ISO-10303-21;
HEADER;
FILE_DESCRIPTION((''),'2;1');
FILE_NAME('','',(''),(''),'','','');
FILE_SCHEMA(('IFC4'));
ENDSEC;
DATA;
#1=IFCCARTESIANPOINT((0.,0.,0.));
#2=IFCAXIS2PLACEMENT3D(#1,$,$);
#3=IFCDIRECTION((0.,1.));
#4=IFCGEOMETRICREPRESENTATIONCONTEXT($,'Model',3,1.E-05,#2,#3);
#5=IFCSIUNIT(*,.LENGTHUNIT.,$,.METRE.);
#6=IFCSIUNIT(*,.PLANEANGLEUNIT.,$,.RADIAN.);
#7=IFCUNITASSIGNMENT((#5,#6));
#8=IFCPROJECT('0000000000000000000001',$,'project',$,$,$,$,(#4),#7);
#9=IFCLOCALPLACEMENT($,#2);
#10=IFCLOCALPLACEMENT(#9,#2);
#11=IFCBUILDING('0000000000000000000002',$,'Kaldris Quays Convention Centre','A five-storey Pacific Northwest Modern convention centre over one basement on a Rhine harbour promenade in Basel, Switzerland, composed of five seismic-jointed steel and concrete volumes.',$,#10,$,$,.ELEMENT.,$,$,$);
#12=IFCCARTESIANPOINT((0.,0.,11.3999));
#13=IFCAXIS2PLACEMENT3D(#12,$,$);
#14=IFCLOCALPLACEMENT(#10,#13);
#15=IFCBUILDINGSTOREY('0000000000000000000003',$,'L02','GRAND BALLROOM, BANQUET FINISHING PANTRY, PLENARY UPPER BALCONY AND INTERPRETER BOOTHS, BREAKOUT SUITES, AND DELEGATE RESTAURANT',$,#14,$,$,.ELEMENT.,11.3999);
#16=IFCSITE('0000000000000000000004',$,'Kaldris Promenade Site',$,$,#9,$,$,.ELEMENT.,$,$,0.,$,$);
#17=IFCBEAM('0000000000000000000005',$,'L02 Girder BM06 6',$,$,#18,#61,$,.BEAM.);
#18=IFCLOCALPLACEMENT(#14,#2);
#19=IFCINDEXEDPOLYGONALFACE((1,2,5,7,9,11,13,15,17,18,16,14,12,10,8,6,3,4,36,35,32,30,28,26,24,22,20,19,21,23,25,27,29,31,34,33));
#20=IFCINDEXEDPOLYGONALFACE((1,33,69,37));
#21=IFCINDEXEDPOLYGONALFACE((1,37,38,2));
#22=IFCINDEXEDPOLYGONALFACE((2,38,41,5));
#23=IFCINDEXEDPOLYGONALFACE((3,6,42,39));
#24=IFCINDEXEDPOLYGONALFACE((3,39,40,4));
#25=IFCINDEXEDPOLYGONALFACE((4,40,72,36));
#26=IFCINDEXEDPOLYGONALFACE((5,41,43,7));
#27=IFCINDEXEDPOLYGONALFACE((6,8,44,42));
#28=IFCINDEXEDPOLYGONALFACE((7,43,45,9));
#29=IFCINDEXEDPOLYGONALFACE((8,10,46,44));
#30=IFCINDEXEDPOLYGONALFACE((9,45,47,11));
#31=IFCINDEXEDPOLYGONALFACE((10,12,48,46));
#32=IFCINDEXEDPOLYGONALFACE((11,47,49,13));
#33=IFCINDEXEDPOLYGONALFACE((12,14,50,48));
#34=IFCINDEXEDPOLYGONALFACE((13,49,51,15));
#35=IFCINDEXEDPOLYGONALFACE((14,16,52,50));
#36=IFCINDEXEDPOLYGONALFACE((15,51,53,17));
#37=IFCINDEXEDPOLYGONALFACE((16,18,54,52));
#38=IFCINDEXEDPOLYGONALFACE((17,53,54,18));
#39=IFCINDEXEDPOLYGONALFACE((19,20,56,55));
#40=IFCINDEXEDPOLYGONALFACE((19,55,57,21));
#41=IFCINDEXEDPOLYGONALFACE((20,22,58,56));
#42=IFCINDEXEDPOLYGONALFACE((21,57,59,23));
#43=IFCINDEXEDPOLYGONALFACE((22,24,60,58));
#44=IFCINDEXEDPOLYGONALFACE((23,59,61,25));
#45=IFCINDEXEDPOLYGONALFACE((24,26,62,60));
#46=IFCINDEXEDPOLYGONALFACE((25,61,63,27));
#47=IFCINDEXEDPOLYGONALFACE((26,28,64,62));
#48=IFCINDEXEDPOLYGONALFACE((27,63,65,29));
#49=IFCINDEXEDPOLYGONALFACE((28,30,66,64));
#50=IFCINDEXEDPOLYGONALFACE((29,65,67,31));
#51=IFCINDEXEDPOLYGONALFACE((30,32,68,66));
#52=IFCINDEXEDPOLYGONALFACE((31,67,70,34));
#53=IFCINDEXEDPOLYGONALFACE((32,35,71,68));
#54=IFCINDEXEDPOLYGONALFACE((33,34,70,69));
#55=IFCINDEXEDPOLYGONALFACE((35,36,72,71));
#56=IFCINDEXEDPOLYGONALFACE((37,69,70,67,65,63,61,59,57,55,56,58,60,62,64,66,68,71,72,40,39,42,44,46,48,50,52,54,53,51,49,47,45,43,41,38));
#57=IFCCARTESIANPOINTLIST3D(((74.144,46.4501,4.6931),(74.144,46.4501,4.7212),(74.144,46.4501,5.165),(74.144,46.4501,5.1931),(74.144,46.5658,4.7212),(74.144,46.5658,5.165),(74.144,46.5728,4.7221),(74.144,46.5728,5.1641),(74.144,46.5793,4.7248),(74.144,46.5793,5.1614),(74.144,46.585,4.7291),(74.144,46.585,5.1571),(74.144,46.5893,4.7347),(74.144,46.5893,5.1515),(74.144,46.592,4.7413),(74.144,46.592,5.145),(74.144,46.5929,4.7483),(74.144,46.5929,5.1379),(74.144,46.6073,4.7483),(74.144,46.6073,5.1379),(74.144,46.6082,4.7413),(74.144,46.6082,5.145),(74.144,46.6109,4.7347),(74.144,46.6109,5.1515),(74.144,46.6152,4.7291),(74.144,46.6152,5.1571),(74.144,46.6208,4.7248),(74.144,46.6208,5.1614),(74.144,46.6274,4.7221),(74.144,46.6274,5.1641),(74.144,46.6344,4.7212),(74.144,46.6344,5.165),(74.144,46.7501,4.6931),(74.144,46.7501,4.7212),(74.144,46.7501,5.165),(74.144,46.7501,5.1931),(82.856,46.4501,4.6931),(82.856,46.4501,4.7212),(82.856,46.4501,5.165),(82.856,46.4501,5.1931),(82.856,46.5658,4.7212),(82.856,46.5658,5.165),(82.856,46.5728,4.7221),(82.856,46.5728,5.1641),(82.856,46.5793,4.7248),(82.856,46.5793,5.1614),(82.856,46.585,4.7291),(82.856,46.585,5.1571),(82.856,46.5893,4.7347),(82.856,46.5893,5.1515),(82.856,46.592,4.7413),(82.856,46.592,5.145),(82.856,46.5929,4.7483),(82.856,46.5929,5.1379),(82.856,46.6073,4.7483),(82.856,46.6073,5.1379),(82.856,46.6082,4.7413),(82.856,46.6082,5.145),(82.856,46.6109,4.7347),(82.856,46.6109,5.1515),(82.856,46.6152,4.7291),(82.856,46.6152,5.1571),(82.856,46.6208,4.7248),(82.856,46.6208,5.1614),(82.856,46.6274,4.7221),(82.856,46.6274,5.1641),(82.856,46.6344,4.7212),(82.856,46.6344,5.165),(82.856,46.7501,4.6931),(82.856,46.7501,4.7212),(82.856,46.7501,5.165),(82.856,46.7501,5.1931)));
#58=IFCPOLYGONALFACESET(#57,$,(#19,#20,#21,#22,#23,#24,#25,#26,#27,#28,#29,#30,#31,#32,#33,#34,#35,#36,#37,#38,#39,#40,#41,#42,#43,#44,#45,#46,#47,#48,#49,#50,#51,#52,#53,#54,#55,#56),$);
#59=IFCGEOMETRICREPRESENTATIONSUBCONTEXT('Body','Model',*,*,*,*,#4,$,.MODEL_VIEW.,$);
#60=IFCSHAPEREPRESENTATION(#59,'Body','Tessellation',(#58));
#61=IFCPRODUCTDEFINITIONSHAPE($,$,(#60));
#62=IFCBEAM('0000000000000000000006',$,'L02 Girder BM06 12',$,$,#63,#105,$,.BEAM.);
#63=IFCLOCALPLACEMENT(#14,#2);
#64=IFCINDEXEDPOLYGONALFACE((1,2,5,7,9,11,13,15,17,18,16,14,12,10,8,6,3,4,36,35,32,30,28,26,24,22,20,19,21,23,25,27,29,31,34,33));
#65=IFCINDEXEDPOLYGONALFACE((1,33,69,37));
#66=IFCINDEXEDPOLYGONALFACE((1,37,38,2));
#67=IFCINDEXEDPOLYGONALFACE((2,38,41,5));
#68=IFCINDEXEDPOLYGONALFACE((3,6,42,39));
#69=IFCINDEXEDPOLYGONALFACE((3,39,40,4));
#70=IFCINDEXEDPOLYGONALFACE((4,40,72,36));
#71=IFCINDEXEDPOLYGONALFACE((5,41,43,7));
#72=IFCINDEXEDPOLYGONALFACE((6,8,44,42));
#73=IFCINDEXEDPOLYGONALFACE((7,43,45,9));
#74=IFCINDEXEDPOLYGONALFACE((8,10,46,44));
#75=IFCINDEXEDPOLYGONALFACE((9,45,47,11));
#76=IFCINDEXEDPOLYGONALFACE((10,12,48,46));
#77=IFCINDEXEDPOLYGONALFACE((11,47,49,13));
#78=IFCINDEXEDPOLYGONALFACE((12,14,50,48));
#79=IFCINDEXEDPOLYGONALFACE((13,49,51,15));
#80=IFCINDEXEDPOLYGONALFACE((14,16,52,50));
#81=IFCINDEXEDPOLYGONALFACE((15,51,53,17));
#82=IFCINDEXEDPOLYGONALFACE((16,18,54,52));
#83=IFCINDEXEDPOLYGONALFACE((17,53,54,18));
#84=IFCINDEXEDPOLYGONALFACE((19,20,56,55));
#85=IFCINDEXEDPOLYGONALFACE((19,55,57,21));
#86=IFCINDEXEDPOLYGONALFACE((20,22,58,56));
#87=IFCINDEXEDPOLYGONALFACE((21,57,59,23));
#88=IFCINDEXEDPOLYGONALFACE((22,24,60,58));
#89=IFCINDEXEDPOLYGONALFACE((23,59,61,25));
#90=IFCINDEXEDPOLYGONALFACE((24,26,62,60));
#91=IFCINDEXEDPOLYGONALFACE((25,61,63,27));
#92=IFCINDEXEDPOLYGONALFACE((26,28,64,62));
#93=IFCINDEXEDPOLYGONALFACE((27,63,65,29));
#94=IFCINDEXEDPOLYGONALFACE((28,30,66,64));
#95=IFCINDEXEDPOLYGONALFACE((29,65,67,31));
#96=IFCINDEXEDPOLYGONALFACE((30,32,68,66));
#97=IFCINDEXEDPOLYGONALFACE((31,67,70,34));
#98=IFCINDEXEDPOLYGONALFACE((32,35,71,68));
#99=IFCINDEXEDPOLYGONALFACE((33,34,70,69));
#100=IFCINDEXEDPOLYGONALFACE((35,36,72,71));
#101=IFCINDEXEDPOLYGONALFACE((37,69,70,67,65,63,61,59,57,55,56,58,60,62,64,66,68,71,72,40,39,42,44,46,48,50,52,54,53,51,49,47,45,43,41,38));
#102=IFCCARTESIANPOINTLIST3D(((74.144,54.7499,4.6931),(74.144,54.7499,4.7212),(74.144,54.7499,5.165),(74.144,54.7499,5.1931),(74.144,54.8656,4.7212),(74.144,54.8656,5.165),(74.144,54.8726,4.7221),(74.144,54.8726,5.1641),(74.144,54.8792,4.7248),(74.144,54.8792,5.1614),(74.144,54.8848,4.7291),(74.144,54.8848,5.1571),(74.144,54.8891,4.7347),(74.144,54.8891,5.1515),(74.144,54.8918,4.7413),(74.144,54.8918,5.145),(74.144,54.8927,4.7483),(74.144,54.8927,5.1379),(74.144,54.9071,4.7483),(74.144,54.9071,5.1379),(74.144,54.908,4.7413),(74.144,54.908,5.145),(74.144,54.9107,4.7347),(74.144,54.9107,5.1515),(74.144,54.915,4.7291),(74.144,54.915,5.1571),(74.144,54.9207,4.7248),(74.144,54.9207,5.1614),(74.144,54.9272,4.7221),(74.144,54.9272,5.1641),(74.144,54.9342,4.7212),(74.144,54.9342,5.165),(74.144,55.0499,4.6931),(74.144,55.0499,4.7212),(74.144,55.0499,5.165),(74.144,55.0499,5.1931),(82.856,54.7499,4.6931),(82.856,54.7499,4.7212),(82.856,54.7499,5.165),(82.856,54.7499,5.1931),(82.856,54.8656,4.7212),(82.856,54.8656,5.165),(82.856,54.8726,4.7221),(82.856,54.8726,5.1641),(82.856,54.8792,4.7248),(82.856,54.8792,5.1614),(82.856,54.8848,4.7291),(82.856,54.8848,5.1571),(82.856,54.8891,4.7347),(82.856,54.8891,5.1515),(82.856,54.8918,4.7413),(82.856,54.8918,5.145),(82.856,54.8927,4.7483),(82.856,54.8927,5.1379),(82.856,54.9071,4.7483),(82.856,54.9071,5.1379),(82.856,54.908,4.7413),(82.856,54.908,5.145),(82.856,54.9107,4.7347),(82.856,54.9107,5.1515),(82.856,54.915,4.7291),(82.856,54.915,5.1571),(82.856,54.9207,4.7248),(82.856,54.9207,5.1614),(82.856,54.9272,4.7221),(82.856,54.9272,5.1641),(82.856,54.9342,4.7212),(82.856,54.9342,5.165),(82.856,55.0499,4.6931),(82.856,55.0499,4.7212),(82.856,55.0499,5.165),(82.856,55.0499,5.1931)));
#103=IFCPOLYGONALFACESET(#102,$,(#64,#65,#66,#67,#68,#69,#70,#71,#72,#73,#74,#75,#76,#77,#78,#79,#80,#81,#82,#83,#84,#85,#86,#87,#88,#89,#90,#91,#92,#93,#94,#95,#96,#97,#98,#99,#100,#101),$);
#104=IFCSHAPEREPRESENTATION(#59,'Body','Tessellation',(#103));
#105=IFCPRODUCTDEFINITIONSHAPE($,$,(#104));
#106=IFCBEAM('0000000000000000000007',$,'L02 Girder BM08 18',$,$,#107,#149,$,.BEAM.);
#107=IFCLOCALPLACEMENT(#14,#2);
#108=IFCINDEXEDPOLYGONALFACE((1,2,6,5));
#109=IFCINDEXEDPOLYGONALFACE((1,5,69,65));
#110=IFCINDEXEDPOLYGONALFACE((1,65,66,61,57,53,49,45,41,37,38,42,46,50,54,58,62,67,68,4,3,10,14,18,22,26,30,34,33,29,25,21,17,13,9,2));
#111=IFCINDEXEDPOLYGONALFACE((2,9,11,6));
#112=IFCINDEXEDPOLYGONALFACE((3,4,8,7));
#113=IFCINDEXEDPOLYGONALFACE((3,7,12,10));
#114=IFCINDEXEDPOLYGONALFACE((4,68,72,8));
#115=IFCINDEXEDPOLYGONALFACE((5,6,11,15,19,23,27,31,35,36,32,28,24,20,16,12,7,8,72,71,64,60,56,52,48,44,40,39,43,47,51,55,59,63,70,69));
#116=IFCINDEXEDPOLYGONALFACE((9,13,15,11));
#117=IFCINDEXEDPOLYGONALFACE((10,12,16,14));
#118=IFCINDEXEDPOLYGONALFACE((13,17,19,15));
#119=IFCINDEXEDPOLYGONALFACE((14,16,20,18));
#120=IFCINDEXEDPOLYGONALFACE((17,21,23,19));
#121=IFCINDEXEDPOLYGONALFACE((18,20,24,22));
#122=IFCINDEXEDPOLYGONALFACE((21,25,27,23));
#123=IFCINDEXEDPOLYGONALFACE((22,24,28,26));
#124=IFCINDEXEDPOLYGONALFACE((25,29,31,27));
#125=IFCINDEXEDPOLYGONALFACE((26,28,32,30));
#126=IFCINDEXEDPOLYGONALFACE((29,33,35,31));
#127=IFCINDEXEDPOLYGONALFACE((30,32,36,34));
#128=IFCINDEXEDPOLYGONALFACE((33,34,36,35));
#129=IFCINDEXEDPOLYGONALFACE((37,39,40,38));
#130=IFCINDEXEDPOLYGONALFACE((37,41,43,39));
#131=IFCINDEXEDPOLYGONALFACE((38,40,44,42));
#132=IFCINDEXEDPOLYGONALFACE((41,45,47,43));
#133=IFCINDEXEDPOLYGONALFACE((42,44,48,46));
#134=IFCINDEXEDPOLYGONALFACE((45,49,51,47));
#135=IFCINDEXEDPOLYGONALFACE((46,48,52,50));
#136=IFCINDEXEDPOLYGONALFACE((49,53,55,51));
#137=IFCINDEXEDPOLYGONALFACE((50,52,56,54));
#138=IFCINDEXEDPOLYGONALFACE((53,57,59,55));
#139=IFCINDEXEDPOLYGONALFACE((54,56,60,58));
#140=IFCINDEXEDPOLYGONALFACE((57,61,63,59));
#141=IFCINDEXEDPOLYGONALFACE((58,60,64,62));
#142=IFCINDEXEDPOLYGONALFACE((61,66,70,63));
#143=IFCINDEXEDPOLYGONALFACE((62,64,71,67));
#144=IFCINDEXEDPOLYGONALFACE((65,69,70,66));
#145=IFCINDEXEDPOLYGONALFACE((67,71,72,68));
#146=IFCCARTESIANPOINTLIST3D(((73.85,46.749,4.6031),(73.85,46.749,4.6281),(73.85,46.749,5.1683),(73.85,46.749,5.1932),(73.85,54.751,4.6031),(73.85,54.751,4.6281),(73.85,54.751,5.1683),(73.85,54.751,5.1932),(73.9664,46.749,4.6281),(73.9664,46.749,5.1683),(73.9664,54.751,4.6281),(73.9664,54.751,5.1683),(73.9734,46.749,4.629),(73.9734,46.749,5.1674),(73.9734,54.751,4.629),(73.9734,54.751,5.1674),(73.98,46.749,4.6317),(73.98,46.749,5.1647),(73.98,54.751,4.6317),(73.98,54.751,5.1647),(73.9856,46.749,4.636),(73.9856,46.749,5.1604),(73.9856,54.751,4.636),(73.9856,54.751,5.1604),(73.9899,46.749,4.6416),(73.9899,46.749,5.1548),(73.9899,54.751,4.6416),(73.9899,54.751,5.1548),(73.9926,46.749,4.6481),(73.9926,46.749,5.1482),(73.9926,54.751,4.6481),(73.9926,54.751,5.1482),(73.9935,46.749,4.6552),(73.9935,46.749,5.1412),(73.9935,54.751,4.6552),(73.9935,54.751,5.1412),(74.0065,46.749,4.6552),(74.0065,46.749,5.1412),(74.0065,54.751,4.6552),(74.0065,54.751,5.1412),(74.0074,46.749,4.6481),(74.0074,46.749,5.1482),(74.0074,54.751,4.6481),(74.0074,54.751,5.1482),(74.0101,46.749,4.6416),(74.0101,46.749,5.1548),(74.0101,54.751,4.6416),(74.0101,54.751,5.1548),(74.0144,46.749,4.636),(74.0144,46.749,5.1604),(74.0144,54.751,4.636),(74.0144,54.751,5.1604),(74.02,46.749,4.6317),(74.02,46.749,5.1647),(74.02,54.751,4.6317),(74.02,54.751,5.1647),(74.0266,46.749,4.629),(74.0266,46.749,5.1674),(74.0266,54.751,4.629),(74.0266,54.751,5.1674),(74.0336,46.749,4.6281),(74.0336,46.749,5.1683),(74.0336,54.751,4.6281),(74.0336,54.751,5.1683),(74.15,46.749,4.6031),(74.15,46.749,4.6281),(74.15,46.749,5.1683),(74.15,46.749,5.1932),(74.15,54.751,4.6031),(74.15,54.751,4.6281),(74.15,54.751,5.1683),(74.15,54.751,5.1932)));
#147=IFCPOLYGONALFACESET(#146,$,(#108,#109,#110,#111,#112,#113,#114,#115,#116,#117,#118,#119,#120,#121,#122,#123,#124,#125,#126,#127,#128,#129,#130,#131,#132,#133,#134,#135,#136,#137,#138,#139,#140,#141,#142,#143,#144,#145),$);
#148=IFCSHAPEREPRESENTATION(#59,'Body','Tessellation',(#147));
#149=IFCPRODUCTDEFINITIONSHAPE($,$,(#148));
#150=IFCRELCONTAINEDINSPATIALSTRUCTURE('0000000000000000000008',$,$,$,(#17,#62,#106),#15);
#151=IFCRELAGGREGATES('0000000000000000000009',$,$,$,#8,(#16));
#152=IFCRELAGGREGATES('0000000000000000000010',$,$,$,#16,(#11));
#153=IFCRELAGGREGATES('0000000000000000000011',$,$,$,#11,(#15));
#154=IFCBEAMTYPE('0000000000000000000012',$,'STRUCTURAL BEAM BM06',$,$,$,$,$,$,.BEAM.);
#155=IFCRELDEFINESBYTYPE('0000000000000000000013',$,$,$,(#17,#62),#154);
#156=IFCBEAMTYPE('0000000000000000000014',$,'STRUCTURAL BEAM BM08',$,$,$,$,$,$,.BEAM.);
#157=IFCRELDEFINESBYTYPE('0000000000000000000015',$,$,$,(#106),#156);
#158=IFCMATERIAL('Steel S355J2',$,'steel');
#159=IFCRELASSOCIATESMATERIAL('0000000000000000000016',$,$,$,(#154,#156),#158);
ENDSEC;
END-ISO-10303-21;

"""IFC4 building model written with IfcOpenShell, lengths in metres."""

from ifc_helpers import new_model, si_unit, direction, frame, origin, origin_2d, place, context, subcontext, project, spatial, i_section, extrude, material, material_profile, profile_set, type_object, element, save


model = new_model("IFC4")

# Units and contexts
model_context = context("Model", 3, precision=1e-05, world=origin(), true_north=direction((0.0, 1.0)))
body_context = subcontext(model_context, "Body", "Model", "MODEL_VIEW")
ifc_project = project(units=[si_unit("LENGTHUNIT", "METRE"), si_unit("PLANEANGLEUNIT", "RADIAN")], contexts=[model_context])

# Site, building, storey
site_placement = place(None, origin())
site = spatial("IfcSite", under=ifc_project, at=site_placement, Name="Kaldris Promenade Site", CompositionType="ELEMENT", RefElevation=0.0)
building_placement = place(site_placement, origin())
building = spatial("IfcBuilding", under=site, at=building_placement, Name="Kaldris Quays Convention Centre", Description="A five-storey Pacific Northwest Modern convention centre over one basement on a Rhine harbour promenade in Basel, Switzerland, composed of five seismic-jointed steel and concrete volumes.", CompositionType="ELEMENT")
storey_placement = place(building_placement, frame((0.0, 0.0, 11.3999)))
storey = spatial("IfcBuildingStorey", under=building, at=storey_placement, Name="L02", Description="GRAND BALLROOM, BANQUET FINISHING PANTRY, PLENARY UPPER BALCONY AND INTERPRETER BOOTHS, BREAKOUT SUITES, AND DELEGATE RESTAURANT", CompositionType="ELEMENT", Elevation=11.3999)

# Shared definitions
ifc_material_1 = material(Name="Steel S355J2", Category="steel")

# Beams
ifc_material_profile_1 = material_profile(ifc_material_1, i_section(OverallWidth=0.3, OverallDepth=0.5, WebThickness=0.0144, FlangeThickness=0.0281, FilletRadius=0.0271, at=origin_2d()), Name="HEB 500")
ifc_profile_set_1 = profile_set([ifc_material_profile_1], Name="Steel S355J2")
beam_type_1 = type_object("IfcBeamType", Name="STRUCTURAL BEAM BM06", PredefinedType="BEAM", material=ifc_profile_set_1)
for number, where, z_axis, x_axis, name in (
    (1, (74.144, 46.6001, 4.9431), (1.0, 0.0, 0.0), (0.0, 1.0, 0.0), "L02 Girder BM06 6"),
    (2, (74.144, 54.8999, 4.9431), (1.0, 0.0, 0.0), (0.0, 1.0, 0.0), "L02 Girder BM06 12"),
):
    element("IfcBeam", number, at=place(storey_placement, frame(where, z_axis=z_axis, x_axis=x_axis)), inside=storey, type_object=beam_type_1, Name=name, PredefinedType="BEAM", context=body_context, shape_type="SweptSolid", body=[
        extrude(i_section(OverallWidth=0.3, OverallDepth=0.5, WebThickness=0.0144, FlangeThickness=0.0281, FilletRadius=0.0271, at=origin_2d()), origin(), (0.0, 0.0, 1.0), 8.7119),
    ])
ifc_material_profile_2 = material_profile(ifc_material_1, i_section(OverallWidth=0.3, OverallDepth=0.5901, WebThickness=0.0129, FlangeThickness=0.0249, FilletRadius=0.0271, at=origin_2d()), Name="HEA 600")
ifc_profile_set_2 = profile_set([ifc_material_profile_2], Name="Steel S355J2")
beam_type_2 = type_object("IfcBeamType", Name="STRUCTURAL BEAM BM08", PredefinedType="BEAM", material=ifc_profile_set_2)
beam_placement = place(storey_placement, frame((74.0, 46.749, 4.8982), z_axis=(0.0, 1.0, 0.0), x_axis=(-1.0, 0.0, 0.0)))
element("IfcBeam", 3, at=beam_placement, inside=storey, type_object=beam_type_2, Name="L02 Girder BM08 18", PredefinedType="BEAM", context=body_context, shape_type="SweptSolid", body=[
    extrude(i_section(OverallWidth=0.3, OverallDepth=0.5901, WebThickness=0.0129, FlangeThickness=0.0249, FilletRadius=0.0271, at=origin_2d()), origin(), (0.0, 0.0, 1.0), 8.002),
])

save(model, "model.ifc")
